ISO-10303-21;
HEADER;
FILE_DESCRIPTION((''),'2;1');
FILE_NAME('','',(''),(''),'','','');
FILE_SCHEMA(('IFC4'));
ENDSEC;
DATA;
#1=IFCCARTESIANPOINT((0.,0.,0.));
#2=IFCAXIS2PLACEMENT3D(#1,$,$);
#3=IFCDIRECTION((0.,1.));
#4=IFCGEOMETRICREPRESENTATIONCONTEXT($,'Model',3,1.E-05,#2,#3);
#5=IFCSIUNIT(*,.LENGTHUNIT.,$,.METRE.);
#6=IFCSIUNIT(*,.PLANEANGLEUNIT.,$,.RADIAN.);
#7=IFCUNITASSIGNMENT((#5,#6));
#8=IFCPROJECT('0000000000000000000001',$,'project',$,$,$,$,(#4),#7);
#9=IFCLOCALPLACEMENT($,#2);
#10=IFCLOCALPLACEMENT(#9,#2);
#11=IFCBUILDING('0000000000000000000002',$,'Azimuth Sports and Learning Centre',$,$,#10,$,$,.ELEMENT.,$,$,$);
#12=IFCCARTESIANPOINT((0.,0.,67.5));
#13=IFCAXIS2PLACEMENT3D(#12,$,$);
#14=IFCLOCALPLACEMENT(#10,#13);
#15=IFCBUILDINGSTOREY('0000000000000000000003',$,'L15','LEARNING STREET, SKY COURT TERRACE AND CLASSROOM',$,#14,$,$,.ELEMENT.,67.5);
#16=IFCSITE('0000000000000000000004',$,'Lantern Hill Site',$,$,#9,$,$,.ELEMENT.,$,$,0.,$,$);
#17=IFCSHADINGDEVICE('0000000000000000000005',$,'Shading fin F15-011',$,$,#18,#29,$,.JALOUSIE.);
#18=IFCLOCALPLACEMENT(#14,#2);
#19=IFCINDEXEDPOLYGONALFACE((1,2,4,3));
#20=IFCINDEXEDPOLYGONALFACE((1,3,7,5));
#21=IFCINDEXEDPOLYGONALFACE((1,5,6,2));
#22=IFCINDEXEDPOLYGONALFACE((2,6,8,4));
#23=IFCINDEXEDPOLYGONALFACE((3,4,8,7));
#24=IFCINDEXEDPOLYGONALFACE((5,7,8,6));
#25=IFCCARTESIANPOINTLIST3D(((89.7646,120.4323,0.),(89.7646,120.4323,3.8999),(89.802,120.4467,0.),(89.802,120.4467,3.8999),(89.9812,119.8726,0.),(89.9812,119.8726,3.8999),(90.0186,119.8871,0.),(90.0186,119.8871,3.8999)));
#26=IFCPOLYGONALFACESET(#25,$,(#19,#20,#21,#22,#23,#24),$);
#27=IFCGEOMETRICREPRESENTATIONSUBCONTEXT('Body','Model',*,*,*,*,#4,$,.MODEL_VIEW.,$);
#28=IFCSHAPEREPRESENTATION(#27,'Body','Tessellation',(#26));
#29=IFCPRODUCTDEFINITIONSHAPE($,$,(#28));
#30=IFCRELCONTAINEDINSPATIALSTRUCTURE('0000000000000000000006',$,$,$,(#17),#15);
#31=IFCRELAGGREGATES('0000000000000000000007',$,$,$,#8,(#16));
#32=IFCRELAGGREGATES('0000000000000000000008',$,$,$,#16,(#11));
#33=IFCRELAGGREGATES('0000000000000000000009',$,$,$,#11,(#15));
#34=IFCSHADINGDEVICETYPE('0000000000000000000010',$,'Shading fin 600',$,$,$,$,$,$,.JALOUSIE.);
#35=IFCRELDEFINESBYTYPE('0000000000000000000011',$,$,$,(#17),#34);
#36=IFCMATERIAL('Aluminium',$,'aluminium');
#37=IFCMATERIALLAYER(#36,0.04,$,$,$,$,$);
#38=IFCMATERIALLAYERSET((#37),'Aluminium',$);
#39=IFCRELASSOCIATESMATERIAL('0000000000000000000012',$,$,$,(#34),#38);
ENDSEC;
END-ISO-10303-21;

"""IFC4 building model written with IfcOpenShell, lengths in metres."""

from ifc_helpers import new_model, si_unit, direction, frame, origin, origin_2d, place, context, subcontext, project, spatial, rectangle, extrude, material, layer, layer_set, type_object, element, save


model = new_model("IFC4")

# Units and contexts
model_context = context("Model", 3, precision=1e-05, world=origin(), true_north=direction((0.0, 1.0)))
body_context = subcontext(model_context, "Body", "Model", "MODEL_VIEW")
ifc_project = project(units=[si_unit("LENGTHUNIT", "METRE"), si_unit("PLANEANGLEUNIT", "RADIAN")], contexts=[model_context])

# Site, building, storey
site_placement = place(None, origin())
site = spatial("IfcSite", under=ifc_project, at=site_placement, Name="Lantern Hill Site", CompositionType="ELEMENT", RefElevation=0.0)
building_placement = place(site_placement, origin())
building = spatial("IfcBuilding", under=site, at=building_placement, Name="Azimuth Sports and Learning Centre", CompositionType="ELEMENT")
storey_placement = place(building_placement, frame((0.0, 0.0, 67.5)))
storey = spatial("IfcBuildingStorey", under=building, at=storey_placement, Name="L15", Description="LEARNING STREET, SKY COURT TERRACE AND CLASSROOM", CompositionType="ELEMENT", Elevation=67.5)

# Shading device
ifc_material_1 = material(Name="Aluminium", Category="aluminium")
ifc_layer_1 = layer(ifc_material_1, 0.04)
ifc_layer_set_1 = layer_set([ifc_layer_1], Name="Aluminium")
shading_device_type_1 = type_object("IfcShadingDeviceType", Name="Shading fin 600", PredefinedType="JALOUSIE", material=ifc_layer_set_1)
shading_device_placement = place(storey_placement, frame((89.8916, 120.1597, 0.0), z_axis=(0.0, 0.0, 1.0), x_axis=(-0.360978, 0.932574, 0.0)))
element("IfcShadingDevice", 1, at=shading_device_placement, inside=storey, type_object=shading_device_type_1, Name="Shading fin F15-011", PredefinedType="JALOUSIE", context=body_context, shape_type="SweptSolid", body=[
    extrude(rectangle(XDim=0.6001, YDim=0.04, at=origin_2d()), origin(), (0.0, 0.0, 1.0), 3.8999),
])

save(model, "model.ifc")
